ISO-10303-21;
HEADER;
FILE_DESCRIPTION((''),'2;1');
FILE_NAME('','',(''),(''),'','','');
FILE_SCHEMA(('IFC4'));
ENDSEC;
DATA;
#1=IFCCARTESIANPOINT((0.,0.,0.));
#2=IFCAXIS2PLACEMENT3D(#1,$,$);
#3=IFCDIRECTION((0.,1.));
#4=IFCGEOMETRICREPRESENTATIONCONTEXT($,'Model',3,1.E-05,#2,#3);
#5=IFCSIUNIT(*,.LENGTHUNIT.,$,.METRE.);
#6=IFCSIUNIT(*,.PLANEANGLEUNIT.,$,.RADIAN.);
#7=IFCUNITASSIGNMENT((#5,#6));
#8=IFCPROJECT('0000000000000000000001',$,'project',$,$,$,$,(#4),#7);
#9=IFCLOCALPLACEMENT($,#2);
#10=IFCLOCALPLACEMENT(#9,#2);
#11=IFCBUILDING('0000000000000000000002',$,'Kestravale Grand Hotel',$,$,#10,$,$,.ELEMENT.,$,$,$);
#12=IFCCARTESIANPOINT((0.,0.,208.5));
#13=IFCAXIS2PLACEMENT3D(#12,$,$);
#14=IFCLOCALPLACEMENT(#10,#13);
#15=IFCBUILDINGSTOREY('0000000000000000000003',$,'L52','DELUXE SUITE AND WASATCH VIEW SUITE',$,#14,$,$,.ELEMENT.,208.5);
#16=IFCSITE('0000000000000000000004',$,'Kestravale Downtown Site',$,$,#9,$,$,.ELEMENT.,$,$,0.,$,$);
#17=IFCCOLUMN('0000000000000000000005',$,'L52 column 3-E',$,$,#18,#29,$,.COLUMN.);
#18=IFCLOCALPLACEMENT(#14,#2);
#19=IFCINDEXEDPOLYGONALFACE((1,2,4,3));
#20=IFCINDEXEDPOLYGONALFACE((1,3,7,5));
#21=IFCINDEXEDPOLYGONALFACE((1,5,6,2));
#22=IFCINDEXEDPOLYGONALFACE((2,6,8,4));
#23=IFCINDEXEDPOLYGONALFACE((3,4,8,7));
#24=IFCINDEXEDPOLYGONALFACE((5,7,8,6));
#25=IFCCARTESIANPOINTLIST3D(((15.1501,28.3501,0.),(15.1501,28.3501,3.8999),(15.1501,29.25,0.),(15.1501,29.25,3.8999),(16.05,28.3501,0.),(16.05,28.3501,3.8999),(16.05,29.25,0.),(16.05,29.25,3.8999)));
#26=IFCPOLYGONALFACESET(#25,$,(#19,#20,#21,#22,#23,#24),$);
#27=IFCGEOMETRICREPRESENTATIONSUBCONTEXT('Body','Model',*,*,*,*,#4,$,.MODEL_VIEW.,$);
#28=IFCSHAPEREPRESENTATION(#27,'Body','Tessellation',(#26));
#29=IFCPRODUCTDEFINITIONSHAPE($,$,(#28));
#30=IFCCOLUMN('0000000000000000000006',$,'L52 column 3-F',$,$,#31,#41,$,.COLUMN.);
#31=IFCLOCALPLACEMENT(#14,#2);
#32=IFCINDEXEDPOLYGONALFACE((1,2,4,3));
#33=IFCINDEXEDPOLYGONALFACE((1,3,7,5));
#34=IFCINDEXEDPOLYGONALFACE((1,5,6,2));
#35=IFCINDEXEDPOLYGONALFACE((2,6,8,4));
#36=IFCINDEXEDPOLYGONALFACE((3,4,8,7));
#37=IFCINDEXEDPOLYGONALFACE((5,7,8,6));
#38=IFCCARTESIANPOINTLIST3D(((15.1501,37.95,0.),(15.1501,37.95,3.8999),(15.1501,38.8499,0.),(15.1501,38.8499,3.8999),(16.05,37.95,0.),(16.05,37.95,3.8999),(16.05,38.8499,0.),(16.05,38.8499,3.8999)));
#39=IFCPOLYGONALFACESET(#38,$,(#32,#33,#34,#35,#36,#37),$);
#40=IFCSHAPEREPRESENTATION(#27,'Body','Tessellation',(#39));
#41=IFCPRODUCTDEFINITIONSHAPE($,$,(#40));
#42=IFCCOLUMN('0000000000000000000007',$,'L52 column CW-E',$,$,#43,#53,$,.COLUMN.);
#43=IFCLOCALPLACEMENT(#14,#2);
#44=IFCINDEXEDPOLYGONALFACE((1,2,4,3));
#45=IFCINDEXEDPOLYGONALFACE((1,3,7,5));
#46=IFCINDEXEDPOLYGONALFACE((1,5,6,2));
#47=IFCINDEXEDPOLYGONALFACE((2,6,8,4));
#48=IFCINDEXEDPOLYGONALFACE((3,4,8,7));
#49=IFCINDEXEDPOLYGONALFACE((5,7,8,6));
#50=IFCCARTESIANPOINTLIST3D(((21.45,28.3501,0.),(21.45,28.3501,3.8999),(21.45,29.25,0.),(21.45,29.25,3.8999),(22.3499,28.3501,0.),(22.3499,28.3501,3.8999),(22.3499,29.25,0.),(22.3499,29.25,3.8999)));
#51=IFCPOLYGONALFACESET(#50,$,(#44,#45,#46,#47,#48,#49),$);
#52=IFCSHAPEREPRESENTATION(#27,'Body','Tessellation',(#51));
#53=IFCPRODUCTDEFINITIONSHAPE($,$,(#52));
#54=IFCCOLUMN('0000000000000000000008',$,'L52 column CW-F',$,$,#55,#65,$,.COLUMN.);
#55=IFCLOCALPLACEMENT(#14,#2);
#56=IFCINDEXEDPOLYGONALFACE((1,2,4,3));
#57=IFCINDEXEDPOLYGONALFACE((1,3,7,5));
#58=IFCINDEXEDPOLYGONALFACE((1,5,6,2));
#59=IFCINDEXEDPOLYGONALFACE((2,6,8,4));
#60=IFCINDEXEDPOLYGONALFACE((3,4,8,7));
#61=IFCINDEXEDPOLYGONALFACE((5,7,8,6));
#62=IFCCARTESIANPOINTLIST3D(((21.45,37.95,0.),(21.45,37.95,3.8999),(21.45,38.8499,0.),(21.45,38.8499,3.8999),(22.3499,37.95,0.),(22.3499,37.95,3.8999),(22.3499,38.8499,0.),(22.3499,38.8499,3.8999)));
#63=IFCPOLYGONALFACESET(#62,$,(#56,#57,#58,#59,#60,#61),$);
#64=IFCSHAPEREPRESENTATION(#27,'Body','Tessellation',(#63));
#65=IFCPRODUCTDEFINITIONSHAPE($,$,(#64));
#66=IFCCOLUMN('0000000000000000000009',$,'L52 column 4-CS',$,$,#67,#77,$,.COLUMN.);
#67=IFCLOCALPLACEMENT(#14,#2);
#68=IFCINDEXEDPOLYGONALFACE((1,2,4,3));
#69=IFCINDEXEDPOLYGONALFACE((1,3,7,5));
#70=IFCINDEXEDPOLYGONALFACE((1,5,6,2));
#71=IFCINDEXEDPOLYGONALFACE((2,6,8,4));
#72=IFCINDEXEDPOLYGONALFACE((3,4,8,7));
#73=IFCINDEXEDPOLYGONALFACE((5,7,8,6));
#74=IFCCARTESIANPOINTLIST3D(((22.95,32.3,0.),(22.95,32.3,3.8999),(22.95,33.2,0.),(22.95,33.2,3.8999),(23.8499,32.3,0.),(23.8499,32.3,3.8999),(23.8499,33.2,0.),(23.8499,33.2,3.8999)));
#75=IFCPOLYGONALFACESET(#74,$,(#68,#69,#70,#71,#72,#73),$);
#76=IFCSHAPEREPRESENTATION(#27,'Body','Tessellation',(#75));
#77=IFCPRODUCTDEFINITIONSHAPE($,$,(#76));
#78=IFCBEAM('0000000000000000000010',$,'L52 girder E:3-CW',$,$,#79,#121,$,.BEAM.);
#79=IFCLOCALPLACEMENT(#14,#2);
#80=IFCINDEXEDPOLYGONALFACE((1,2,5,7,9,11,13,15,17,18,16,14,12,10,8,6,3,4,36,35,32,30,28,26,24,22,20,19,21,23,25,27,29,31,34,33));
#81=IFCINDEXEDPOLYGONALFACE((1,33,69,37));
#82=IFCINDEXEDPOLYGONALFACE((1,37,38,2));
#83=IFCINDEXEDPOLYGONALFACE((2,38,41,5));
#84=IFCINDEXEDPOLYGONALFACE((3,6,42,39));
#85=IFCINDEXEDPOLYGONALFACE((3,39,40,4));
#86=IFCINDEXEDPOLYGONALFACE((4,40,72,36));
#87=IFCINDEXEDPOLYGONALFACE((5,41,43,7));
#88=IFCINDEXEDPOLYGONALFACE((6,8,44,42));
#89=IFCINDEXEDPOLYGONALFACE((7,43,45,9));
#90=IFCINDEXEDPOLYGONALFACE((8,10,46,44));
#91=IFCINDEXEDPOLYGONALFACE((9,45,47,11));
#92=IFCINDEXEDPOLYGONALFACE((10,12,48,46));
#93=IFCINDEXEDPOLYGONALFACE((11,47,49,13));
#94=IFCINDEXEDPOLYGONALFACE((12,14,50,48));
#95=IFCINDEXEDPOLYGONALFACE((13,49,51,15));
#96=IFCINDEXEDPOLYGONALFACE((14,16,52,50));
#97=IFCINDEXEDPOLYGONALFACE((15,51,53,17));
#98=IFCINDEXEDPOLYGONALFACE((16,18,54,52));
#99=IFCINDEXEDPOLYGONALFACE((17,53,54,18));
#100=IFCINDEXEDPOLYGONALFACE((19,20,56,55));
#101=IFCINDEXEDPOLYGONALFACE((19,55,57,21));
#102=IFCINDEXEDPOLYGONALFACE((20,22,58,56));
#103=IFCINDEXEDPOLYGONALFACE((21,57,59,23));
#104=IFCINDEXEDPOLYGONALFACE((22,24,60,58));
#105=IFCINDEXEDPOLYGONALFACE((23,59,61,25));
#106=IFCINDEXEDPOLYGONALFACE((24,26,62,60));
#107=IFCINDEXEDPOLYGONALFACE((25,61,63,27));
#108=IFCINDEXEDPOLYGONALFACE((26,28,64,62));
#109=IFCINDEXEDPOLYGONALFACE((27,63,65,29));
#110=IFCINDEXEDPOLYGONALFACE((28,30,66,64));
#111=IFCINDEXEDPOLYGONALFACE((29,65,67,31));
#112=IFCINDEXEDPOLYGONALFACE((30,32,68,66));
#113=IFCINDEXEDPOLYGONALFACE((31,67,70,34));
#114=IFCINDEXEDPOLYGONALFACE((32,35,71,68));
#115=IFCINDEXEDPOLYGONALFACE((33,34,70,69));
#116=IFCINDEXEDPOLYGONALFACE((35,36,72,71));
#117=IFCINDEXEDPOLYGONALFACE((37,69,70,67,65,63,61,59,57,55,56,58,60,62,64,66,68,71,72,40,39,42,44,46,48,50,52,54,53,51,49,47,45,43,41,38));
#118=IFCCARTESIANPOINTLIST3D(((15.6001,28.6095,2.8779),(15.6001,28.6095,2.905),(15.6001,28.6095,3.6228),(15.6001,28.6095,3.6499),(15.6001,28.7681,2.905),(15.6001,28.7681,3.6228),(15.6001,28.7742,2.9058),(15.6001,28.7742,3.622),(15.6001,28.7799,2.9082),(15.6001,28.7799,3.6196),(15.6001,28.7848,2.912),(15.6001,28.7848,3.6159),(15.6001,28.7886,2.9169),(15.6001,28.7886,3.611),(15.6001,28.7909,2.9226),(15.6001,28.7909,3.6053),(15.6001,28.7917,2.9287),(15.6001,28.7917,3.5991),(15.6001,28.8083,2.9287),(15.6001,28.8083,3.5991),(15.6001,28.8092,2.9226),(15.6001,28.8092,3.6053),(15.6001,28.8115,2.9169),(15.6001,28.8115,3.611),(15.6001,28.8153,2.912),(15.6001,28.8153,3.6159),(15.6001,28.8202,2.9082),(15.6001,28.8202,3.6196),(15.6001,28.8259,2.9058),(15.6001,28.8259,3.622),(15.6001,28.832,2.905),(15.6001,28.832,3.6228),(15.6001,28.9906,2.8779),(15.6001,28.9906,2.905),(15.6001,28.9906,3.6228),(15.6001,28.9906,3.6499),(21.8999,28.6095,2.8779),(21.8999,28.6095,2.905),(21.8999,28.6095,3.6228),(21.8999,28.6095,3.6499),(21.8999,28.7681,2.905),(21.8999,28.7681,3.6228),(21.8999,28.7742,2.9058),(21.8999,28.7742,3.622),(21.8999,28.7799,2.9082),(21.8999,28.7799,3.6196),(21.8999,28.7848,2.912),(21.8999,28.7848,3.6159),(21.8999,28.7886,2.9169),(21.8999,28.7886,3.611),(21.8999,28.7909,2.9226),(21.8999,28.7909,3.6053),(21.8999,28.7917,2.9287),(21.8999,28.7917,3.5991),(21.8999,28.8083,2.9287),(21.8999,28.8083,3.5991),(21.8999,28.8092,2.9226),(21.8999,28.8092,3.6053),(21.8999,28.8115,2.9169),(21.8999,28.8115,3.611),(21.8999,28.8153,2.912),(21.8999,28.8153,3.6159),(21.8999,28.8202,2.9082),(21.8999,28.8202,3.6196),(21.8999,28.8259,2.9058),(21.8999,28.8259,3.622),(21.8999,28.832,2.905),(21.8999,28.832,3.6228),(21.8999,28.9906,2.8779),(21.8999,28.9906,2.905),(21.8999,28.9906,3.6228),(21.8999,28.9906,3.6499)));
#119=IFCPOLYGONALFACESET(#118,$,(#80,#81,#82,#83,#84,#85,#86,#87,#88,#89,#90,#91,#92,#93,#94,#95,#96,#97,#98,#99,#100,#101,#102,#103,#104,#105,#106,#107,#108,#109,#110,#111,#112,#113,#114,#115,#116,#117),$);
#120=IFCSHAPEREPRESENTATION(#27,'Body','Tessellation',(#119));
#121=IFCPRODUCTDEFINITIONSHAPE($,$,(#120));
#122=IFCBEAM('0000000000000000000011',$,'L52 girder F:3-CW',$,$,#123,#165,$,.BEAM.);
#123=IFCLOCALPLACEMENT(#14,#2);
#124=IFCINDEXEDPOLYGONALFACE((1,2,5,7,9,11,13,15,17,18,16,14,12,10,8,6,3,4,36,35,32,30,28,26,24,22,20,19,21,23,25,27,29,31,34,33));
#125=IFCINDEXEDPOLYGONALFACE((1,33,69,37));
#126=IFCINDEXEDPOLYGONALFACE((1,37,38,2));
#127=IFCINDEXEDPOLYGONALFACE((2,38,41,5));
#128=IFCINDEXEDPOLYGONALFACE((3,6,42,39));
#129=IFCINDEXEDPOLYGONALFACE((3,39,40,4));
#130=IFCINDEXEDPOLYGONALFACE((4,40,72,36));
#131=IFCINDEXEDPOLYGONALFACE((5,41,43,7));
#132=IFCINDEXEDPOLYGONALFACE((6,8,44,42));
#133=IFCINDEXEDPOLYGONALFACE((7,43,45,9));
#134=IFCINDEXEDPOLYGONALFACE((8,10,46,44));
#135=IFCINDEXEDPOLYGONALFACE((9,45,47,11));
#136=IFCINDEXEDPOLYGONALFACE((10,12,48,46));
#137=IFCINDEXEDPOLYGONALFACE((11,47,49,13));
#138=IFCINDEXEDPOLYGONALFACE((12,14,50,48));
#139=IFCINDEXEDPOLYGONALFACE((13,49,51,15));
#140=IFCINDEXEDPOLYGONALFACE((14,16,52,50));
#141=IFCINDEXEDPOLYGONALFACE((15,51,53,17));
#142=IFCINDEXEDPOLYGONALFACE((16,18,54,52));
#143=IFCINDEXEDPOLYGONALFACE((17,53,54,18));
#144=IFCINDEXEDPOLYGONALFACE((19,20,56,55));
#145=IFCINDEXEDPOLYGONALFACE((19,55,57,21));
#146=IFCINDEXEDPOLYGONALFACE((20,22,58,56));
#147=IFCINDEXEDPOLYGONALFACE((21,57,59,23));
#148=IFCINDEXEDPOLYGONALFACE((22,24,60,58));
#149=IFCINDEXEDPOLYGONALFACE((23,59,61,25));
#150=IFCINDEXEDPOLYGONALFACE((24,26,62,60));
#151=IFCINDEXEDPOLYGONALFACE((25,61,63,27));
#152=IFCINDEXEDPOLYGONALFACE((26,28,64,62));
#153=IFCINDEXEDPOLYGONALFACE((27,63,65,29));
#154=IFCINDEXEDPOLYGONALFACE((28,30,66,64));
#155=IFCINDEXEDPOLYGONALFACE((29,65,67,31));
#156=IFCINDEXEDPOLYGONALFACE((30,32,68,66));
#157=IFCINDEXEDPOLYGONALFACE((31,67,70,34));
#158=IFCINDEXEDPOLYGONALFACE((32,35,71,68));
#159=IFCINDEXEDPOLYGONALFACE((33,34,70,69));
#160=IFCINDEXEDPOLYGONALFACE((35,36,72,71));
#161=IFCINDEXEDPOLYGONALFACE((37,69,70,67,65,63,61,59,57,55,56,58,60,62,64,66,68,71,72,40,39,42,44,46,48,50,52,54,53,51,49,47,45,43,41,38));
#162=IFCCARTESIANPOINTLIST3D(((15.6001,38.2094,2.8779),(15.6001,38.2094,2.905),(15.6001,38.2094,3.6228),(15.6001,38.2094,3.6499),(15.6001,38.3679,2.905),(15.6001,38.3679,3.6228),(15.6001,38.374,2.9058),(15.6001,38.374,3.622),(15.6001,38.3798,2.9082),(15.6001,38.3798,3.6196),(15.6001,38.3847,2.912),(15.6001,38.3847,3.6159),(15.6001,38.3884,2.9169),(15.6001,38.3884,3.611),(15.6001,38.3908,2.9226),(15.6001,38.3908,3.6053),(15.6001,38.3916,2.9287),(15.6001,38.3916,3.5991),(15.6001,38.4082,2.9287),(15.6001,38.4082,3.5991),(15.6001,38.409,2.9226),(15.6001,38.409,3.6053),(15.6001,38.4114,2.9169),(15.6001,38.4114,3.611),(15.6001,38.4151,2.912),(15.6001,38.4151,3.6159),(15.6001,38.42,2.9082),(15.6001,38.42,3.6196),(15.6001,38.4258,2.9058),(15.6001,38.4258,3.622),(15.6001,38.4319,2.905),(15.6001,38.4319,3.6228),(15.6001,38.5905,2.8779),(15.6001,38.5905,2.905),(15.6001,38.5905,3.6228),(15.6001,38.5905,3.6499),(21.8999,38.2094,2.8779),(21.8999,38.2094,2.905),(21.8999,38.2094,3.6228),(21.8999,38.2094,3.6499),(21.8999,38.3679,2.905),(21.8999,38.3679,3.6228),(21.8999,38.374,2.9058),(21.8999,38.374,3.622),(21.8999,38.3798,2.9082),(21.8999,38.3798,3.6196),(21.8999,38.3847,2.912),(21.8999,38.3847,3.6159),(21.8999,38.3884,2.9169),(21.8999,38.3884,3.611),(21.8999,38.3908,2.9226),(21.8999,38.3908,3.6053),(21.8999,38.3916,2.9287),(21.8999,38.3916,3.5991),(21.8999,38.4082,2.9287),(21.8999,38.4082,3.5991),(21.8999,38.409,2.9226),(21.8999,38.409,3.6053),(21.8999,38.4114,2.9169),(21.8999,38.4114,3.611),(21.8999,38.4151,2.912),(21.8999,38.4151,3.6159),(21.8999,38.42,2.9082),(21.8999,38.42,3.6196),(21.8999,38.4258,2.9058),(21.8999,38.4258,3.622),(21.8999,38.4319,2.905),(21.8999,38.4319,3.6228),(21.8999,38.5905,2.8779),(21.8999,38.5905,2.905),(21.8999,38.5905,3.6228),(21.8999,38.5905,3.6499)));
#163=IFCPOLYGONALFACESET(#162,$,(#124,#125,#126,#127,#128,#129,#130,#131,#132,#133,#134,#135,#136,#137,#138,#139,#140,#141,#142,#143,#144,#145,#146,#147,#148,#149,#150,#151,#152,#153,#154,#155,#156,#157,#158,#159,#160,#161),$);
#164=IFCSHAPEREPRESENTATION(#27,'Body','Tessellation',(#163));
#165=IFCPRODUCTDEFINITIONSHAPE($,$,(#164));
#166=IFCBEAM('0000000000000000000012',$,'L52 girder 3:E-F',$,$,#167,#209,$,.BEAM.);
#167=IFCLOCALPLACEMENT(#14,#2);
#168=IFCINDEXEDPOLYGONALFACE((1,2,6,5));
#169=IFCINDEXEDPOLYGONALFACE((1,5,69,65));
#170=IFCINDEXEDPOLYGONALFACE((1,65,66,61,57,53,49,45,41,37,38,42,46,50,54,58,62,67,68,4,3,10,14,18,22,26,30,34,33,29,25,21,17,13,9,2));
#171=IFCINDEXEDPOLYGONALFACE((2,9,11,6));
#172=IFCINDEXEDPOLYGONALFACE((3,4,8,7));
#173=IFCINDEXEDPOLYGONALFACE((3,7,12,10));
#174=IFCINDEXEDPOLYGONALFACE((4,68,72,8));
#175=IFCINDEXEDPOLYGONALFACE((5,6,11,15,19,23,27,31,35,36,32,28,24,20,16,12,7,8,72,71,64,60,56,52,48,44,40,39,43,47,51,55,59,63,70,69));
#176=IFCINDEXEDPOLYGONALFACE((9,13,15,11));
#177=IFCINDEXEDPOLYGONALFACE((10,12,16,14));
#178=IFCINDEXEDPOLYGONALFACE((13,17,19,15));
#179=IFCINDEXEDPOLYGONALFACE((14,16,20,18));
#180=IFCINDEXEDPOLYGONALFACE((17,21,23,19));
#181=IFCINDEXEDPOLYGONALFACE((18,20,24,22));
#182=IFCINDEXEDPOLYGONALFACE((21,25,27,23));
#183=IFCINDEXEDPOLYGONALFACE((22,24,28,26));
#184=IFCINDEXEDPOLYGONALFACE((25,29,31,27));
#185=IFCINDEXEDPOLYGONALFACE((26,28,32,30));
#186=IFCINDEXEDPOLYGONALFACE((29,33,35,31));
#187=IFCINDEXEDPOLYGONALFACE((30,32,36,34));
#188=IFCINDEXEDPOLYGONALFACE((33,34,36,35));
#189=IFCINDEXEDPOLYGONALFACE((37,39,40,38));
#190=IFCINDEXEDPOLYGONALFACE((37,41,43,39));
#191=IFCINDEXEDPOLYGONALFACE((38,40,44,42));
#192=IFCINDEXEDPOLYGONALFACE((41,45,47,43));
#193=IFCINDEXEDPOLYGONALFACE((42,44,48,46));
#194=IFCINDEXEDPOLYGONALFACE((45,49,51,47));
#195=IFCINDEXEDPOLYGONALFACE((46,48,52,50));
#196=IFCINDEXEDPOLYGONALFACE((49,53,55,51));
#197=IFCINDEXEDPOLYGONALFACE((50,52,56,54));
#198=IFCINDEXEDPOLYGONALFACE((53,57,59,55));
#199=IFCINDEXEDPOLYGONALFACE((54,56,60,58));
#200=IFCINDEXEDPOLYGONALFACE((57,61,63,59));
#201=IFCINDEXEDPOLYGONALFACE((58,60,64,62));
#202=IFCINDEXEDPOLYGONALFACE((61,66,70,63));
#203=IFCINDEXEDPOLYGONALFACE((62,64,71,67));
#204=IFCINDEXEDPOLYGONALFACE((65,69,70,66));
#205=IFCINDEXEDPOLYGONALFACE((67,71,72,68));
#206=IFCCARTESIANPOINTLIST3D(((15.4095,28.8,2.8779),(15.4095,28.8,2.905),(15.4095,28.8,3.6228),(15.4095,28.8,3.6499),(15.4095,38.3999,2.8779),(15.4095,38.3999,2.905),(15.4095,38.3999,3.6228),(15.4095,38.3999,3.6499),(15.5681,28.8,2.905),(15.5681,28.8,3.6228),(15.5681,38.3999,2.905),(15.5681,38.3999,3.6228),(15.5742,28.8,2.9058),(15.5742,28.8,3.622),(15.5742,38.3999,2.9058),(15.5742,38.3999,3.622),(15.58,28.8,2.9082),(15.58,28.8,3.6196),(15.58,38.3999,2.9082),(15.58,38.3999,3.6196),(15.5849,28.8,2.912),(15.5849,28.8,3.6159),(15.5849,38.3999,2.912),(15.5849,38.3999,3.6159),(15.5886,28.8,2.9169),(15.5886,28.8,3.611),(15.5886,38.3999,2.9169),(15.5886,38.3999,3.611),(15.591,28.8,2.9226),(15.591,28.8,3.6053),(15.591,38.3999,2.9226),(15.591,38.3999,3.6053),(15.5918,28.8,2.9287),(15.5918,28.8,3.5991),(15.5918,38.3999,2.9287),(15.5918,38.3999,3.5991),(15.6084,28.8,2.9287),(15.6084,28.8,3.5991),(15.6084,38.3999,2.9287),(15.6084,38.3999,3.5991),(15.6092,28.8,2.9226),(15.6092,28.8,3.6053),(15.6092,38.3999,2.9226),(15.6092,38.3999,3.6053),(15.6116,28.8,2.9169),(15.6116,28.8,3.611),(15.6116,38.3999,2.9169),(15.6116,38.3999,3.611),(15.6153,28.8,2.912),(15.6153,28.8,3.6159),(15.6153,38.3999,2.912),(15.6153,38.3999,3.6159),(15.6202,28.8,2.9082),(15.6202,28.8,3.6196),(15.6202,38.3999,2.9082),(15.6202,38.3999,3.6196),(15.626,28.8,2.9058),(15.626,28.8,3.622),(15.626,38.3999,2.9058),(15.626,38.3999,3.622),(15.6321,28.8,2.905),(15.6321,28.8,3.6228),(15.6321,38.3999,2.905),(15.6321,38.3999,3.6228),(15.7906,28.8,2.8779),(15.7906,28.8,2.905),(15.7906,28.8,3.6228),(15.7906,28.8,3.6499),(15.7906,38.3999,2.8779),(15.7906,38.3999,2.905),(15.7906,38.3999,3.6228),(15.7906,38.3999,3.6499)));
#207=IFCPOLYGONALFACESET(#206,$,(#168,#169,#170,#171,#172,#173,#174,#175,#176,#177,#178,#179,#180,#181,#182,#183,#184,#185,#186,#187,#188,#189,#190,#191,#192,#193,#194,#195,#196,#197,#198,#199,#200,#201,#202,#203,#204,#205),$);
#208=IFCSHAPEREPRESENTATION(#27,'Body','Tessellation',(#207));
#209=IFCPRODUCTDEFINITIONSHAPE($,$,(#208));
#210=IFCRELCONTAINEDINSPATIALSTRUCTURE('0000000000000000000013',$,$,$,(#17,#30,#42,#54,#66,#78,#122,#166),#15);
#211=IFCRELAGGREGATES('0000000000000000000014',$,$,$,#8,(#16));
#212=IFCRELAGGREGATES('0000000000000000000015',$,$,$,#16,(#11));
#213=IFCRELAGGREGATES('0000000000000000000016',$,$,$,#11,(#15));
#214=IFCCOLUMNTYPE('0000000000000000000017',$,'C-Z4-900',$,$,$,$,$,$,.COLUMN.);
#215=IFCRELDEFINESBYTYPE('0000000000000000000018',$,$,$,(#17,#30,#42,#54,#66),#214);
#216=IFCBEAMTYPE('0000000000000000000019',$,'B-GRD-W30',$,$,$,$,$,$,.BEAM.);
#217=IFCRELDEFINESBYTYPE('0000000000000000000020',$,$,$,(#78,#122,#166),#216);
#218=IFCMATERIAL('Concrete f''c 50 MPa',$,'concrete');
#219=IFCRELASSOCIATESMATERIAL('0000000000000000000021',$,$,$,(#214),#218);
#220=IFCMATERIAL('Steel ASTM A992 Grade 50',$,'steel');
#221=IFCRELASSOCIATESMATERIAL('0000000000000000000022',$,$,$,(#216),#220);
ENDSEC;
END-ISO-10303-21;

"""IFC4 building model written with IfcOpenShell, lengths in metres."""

from ifc_helpers import new_model, si_unit, direction, frame, origin, origin_2d, place, context, subcontext, project, spatial, rectangle, i_section, extrude, material, material_profile, profile_set, type_object, element, save


model = new_model("IFC4")

# Units and contexts
model_context = context("Model", 3, precision=1e-05, world=origin(), true_north=direction((0.0, 1.0)))
body_context = subcontext(model_context, "Body", "Model", "MODEL_VIEW")
ifc_project = project(units=[si_unit("LENGTHUNIT", "METRE"), si_unit("PLANEANGLEUNIT", "RADIAN")], contexts=[model_context])

# Site, building, storey
site_placement = place(None, origin())
site = spatial("IfcSite", under=ifc_project, at=site_placement, Name="Kestravale Downtown Site", CompositionType="ELEMENT", RefElevation=0.0)
building_placement = place(site_placement, origin())
building = spatial("IfcBuilding", under=site, at=building_placement, Name="Kestravale Grand Hotel", CompositionType="ELEMENT")
storey_placement = place(building_placement, frame((0.0, 0.0, 208.5)))
storey = spatial("IfcBuildingStorey", under=building, at=storey_placement, Name="L52", Description="DELUXE SUITE AND WASATCH VIEW SUITE", CompositionType="ELEMENT", Elevation=208.5)

# Columns
ifc_material_1 = material(Name="Concrete f'c 50 MPa", Category="concrete")
ifc_material_profile_1 = material_profile(ifc_material_1, rectangle(XDim=0.8999, YDim=0.8999, at=origin_2d()))
ifc_profile_set_1 = profile_set([ifc_material_profile_1], Name="Concrete f'c 50 MPa")
column_type = type_object("IfcColumnType", Name="C-Z4-900", PredefinedType="COLUMN", material=ifc_profile_set_1)
for number, where, z_axis, x_axis, name in (
    (1, (15.6001, 28.8, 0.0), (0.0, 0.0, 1.0), (1.0, 0.0, 0.0), "L52 column 3-E"),
    (2, (15.6001, 38.3999, 0.0), (0.0, 0.0, 1.0), (1.0, 0.0, 0.0), "L52 column 3-F"),
    (3, (21.8999, 28.8, 0.0), (0.0, 0.0, 1.0), (1.0, 0.0, 0.0), "L52 column CW-E"),
    (4, (21.8999, 38.3999, 0.0), (0.0, 0.0, 1.0), (1.0, 0.0, 0.0), "L52 column CW-F"),
    (5, (23.3999, 32.75, 0.0), (0.0, 0.0, 1.0), (1.0, 0.0, 0.0), "L52 column 4-CS"),
):
    element("IfcColumn", number, at=place(storey_placement, frame(where, z_axis=z_axis, x_axis=x_axis)), inside=storey, type_object=column_type, Name=name, PredefinedType="COLUMN", context=body_context, shape_type="SweptSolid", body=[
        extrude(rectangle(XDim=0.8999, YDim=0.8999, at=origin_2d()), origin(), (0.0, 0.0, 1.0), 3.8999),
    ])

# Beams
ifc_material_2 = material(Name="Steel ASTM A992 Grade 50", Category="steel")
ifc_material_profile_2 = material_profile(ifc_material_2, i_section(OverallWidth=0.3811, OverallDepth=0.772, WebThickness=0.0166, FlangeThickness=0.0271, FilletRadius=0.0237, at=origin_2d()))
ifc_profile_set_2 = profile_set([ifc_material_profile_2], Name="Steel ASTM A992 Grade 50")
beam_type = type_object("IfcBeamType", Name="B-GRD-W30", PredefinedType="BEAM", material=ifc_profile_set_2)
for number, where, z_axis, x_axis, name in (
    (6, (15.6001, 28.8, 3.2639), (1.0, 0.0, 0.0), (0.0, 1.0, 0.0), "L52 girder E:3-CW"),
    (7, (15.6001, 38.3999, 3.2639), (1.0, 0.0, 0.0), (0.0, 1.0, 0.0), "L52 girder F:3-CW"),
):
    element("IfcBeam", number, at=place(storey_placement, frame(where, z_axis=z_axis, x_axis=x_axis)), inside=storey, type_object=beam_type, Name=name, PredefinedType="BEAM", context=body_context, shape_type="SweptSolid", body=[
        extrude(i_section(OverallWidth=0.3811, OverallDepth=0.772, WebThickness=0.0166, FlangeThickness=0.0271, FilletRadius=0.0237, at=origin_2d()), origin(), (0.0, 0.0, 1.0), 6.2998),
    ])
beam_placement = place(storey_placement, frame((15.6001, 28.8, 3.2639), z_axis=(0.0, 1.0, 0.0), x_axis=(-1.0, 0.0, 0.0)))
element("IfcBeam", 8, at=beam_placement, inside=storey, type_object=beam_type, Name="L52 girder 3:E-F", PredefinedType="BEAM", context=body_context, shape_type="SweptSolid", body=[
    extrude(i_section(OverallWidth=0.3811, OverallDepth=0.772, WebThickness=0.0166, FlangeThickness=0.0271, FilletRadius=0.0237, at=origin_2d()), origin(), (0.0, 0.0, 1.0), 9.5999),
])

save(model, "model.ifc")
